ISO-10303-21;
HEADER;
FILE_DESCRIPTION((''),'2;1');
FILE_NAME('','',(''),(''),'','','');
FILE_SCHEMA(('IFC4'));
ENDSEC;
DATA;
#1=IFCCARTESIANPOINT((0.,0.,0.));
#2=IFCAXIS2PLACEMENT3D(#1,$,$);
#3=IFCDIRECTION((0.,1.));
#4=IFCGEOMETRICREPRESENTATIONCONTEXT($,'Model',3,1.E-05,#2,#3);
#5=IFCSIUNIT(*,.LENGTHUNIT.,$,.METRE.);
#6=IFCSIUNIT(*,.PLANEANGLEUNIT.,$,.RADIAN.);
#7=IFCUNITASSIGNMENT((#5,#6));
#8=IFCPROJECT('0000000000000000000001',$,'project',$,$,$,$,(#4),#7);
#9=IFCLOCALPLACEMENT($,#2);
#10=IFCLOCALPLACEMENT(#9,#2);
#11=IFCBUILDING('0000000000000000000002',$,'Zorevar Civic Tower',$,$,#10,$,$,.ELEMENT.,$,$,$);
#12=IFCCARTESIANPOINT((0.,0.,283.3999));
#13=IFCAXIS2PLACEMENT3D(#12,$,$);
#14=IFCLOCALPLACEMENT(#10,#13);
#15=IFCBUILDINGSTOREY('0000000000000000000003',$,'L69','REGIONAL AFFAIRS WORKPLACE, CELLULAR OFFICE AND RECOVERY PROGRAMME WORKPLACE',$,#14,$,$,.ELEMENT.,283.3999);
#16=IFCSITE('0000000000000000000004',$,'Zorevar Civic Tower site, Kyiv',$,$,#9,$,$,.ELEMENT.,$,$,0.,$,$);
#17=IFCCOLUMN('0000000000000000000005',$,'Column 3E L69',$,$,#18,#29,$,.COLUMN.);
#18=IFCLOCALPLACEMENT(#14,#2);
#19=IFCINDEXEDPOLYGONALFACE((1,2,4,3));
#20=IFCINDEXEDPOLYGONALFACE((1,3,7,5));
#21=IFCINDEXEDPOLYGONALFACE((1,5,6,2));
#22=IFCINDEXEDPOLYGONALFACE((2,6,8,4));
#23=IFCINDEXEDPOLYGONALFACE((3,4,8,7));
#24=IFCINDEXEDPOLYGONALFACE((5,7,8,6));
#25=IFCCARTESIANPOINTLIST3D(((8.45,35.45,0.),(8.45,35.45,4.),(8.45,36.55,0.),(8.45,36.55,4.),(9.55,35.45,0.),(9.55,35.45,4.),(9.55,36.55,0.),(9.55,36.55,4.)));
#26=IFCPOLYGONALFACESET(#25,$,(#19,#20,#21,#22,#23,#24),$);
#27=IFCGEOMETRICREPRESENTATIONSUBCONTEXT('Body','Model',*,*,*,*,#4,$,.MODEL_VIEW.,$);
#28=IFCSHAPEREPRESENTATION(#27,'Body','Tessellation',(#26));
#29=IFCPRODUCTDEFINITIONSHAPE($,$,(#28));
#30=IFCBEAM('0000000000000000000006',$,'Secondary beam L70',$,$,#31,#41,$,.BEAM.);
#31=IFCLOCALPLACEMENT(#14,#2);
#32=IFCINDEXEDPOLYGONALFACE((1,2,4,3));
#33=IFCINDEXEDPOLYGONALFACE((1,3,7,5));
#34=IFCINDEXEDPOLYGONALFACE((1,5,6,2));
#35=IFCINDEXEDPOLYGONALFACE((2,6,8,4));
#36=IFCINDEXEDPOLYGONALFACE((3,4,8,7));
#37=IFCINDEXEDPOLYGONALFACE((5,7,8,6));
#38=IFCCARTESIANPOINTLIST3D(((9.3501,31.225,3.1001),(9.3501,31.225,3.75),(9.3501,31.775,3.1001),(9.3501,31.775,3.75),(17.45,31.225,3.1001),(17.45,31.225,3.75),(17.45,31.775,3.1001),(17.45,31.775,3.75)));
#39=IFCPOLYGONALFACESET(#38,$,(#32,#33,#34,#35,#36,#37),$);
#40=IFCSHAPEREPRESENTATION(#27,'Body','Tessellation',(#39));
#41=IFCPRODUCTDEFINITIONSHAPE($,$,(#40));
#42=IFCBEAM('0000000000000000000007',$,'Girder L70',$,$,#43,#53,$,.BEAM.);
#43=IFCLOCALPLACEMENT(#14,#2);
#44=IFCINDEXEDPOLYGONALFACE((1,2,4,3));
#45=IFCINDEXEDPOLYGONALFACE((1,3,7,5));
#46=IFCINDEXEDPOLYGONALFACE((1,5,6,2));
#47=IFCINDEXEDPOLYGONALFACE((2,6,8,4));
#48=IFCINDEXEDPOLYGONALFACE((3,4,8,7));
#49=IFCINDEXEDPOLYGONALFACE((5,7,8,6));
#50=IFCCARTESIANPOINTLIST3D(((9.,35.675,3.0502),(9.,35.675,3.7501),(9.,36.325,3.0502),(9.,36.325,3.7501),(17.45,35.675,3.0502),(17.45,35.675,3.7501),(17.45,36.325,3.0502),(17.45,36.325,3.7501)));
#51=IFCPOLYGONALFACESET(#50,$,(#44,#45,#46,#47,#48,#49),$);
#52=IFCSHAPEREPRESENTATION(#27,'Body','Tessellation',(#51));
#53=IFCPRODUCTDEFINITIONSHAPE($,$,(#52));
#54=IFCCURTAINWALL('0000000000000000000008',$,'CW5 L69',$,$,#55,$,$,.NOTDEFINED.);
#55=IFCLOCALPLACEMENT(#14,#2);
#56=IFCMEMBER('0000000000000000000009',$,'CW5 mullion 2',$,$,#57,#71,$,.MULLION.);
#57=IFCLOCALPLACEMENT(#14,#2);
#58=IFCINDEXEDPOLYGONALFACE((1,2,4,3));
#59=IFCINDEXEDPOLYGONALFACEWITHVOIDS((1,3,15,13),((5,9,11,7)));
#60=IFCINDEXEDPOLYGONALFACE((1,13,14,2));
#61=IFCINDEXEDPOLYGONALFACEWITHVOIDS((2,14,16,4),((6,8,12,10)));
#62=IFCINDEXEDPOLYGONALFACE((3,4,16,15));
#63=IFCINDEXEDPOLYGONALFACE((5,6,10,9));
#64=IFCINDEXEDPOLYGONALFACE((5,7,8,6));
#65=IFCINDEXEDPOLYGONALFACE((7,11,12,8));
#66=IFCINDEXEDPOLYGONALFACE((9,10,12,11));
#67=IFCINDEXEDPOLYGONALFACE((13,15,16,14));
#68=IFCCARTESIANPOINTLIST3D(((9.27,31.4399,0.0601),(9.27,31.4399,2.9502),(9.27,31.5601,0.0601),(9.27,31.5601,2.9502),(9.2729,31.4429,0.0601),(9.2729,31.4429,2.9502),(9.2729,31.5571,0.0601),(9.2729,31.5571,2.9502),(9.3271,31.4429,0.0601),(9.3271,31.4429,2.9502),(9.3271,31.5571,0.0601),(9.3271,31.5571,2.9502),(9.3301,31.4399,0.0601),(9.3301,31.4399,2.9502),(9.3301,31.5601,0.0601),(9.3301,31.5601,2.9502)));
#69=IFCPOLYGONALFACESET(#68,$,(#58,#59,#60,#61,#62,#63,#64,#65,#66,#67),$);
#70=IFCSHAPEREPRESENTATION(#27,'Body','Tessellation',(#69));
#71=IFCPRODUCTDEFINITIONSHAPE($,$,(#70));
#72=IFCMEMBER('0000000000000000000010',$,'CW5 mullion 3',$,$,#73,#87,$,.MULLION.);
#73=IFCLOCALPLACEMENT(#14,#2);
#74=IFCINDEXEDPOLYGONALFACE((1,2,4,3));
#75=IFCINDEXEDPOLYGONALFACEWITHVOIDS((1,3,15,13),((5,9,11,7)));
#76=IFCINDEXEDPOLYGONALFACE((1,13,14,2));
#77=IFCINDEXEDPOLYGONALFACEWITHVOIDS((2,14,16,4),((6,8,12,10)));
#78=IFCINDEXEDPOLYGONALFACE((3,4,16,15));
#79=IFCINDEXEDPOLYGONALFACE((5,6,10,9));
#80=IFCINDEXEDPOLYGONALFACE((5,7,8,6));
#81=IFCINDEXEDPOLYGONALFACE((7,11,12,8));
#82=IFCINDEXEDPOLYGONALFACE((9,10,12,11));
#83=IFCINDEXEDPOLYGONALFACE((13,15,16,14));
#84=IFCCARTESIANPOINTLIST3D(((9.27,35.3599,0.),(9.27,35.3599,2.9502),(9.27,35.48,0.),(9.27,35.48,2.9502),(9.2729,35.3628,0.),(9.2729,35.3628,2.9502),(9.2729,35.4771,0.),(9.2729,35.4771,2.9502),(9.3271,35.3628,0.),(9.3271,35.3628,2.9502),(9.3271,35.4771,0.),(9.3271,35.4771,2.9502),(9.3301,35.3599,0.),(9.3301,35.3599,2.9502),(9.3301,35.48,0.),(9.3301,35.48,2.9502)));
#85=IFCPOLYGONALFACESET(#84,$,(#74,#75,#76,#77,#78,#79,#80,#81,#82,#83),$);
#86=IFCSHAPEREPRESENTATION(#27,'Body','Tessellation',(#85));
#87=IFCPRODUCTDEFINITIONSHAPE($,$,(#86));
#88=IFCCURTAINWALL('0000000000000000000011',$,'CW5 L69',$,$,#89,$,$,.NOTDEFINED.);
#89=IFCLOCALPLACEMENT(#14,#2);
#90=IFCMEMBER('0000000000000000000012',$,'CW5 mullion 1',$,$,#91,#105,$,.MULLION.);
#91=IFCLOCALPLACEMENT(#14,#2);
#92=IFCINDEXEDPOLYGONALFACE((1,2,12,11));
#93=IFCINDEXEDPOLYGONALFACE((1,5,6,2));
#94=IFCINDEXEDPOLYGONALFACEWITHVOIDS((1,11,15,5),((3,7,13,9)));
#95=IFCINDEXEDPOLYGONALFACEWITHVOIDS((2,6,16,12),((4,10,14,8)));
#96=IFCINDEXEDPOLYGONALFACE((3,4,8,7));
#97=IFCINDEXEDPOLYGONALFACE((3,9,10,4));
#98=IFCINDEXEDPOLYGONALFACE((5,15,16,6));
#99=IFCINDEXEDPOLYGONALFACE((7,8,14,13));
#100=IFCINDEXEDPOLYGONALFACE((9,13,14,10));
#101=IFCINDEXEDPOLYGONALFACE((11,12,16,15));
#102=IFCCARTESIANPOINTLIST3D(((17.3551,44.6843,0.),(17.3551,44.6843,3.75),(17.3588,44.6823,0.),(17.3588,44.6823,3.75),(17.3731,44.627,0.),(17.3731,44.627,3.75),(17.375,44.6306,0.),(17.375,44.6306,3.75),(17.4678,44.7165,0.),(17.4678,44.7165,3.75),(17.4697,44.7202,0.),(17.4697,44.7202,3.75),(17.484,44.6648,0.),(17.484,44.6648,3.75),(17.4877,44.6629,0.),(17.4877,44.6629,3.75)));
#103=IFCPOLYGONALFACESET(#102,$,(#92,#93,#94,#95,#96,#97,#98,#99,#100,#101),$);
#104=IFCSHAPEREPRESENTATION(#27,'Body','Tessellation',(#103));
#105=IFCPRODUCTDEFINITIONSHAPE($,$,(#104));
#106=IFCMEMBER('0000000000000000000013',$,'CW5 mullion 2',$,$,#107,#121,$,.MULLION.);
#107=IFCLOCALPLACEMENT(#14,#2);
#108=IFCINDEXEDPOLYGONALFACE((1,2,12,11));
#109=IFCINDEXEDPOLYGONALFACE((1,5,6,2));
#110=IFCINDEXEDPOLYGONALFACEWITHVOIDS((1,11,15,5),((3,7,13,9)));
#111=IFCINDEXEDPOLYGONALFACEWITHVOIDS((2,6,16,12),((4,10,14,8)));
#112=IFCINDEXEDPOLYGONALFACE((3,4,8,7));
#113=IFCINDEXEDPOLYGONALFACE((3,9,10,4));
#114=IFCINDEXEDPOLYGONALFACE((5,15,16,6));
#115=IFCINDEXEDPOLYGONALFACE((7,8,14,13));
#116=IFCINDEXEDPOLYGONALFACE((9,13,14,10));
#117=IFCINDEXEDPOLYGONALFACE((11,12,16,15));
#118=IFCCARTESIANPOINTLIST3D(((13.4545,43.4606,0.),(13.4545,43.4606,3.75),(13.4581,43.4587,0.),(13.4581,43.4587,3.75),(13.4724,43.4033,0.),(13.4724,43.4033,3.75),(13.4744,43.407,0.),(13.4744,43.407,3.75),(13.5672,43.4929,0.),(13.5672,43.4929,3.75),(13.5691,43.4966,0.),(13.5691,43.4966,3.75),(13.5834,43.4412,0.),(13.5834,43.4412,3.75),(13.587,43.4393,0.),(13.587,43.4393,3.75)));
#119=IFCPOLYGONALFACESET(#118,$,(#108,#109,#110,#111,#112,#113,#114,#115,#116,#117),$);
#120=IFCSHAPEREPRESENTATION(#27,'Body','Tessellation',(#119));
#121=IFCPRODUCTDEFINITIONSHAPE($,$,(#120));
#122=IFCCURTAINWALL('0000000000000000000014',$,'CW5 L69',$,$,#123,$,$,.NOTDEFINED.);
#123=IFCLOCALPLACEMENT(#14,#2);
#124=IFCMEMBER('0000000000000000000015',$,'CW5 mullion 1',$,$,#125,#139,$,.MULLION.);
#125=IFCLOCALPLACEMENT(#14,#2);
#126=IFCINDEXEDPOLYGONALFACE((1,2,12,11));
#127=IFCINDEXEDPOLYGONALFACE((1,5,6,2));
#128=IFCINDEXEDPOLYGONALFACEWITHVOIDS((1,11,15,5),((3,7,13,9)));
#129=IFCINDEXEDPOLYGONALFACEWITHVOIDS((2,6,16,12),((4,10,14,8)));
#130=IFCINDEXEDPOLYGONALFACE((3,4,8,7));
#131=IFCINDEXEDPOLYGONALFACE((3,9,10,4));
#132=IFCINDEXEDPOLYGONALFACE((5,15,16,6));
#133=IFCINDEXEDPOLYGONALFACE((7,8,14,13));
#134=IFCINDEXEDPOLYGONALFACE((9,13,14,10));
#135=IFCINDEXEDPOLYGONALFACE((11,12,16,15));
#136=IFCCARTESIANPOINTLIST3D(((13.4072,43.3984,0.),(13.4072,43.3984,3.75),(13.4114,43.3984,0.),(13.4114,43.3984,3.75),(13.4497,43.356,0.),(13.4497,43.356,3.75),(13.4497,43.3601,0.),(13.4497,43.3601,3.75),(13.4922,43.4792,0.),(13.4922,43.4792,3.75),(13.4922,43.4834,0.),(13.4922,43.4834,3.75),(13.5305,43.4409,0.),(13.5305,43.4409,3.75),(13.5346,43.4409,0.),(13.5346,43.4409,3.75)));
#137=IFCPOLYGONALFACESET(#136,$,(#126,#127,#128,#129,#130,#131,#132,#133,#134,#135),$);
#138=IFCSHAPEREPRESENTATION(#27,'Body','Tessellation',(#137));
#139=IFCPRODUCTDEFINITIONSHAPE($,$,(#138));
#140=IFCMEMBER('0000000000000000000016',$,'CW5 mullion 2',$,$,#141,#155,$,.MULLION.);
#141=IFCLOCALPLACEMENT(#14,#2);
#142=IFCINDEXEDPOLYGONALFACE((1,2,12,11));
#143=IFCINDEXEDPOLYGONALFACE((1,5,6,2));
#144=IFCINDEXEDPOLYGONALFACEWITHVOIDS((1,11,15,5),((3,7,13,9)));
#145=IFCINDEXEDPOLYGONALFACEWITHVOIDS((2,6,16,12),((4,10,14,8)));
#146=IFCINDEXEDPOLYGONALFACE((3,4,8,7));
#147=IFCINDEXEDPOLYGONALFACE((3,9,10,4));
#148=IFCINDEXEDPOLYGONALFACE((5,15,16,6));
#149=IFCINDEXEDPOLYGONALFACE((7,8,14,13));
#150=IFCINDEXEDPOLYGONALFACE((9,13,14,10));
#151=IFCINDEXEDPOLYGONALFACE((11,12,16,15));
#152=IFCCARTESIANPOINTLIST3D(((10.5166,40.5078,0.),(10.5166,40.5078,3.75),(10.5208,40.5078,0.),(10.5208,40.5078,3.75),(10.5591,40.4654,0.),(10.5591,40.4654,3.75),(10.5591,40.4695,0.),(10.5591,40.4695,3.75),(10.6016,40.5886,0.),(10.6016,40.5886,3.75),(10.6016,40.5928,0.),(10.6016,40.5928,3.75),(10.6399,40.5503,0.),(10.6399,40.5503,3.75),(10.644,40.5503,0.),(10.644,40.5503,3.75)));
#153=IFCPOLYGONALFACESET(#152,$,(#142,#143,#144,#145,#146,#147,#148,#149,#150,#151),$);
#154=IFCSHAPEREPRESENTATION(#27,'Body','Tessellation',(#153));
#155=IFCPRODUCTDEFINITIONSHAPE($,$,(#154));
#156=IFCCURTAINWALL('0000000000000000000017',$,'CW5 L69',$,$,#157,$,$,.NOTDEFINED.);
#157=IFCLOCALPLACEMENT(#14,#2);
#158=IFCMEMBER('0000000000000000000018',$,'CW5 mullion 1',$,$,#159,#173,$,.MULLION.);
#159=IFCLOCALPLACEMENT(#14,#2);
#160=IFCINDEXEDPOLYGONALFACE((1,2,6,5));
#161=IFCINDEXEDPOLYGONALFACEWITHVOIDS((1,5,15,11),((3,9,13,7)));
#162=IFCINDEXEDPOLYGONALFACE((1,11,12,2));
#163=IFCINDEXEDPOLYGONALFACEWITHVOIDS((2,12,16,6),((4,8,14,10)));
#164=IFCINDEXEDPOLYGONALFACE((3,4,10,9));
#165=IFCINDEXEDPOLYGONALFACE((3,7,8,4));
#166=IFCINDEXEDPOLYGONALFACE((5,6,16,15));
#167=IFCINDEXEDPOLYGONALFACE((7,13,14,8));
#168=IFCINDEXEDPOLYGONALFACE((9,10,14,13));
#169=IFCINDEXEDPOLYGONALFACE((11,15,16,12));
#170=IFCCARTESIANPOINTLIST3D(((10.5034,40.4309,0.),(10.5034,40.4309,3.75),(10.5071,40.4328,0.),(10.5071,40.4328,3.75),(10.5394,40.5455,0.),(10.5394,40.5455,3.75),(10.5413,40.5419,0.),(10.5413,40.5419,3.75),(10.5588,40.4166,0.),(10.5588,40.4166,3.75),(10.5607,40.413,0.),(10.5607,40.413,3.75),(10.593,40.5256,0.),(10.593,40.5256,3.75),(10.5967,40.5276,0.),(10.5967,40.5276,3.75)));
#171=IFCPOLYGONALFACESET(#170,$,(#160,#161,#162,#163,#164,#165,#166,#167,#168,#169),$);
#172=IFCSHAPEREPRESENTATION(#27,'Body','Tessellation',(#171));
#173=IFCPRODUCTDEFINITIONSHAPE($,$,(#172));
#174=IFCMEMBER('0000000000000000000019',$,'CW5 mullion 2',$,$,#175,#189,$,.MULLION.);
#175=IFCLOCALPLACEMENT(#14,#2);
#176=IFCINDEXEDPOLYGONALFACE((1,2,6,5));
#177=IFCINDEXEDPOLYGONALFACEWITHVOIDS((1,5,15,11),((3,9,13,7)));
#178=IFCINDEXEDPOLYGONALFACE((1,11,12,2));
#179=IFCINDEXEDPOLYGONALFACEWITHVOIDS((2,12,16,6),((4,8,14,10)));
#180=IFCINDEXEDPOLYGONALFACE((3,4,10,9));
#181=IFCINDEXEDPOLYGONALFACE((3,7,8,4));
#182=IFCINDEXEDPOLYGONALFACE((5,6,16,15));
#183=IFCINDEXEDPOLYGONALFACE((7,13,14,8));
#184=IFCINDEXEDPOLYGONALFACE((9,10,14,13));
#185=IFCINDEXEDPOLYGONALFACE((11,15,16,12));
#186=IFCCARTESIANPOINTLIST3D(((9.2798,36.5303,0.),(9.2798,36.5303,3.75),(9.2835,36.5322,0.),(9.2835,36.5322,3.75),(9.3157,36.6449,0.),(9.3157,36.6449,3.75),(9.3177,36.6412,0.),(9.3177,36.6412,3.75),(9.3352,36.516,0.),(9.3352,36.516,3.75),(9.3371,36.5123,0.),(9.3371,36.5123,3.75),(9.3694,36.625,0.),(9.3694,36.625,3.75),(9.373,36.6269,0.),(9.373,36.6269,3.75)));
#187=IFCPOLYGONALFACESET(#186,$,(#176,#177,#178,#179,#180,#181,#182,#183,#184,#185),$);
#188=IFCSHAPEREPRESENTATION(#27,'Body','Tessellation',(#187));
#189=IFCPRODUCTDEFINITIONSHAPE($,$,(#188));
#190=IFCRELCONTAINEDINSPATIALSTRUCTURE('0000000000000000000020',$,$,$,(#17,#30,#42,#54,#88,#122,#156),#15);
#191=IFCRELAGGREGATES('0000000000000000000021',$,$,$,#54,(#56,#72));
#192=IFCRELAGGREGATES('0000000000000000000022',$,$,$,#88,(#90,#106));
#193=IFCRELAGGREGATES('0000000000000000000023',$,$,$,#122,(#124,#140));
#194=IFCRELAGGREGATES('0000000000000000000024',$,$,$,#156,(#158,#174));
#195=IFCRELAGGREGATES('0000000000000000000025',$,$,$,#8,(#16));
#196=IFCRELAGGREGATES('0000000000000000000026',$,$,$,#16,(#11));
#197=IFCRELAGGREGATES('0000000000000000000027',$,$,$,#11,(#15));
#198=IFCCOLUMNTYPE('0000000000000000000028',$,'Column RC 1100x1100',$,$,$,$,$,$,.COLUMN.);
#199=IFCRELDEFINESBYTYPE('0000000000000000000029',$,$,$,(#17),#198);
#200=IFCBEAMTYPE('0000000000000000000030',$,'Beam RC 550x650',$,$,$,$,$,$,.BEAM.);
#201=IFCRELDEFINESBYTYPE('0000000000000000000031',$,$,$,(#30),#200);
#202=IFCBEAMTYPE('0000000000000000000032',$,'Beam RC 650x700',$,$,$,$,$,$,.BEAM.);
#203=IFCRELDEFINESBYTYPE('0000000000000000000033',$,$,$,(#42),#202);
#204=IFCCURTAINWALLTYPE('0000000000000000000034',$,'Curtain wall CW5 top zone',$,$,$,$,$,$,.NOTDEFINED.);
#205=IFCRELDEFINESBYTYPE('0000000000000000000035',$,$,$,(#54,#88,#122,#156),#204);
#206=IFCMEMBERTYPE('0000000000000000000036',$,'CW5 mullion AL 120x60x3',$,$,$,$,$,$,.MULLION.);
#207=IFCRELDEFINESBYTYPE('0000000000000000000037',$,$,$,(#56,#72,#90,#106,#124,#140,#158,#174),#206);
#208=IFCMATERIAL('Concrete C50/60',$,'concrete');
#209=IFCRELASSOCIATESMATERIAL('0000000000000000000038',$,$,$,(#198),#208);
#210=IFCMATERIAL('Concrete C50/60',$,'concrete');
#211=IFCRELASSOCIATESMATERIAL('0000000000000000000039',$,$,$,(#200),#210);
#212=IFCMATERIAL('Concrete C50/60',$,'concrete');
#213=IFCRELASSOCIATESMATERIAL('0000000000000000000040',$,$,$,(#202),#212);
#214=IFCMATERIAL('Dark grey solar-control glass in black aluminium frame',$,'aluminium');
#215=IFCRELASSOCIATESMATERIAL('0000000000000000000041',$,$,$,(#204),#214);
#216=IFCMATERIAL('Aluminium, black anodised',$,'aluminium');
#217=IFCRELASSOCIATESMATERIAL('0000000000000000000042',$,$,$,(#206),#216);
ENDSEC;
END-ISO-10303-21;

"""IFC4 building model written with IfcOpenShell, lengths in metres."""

from ifc_helpers import new_model, si_unit, direction, frame, origin, origin_2d, place, context, subcontext, project, spatial, rectangle, hollow_rectangle, extrude, material, material_profile, profile_set, type_object, element, aggregate, save


model = new_model("IFC4")

# Units and contexts
model_context = context("Model", 3, precision=1e-05, world=origin(), true_north=direction((0.0, 1.0)))
body_context = subcontext(model_context, "Body", "Model", "MODEL_VIEW")
ifc_project = project(units=[si_unit("LENGTHUNIT", "METRE"), si_unit("PLANEANGLEUNIT", "RADIAN")], contexts=[model_context])

# Site, building, storey
site_placement = place(None, origin())
site = spatial("IfcSite", under=ifc_project, at=site_placement, Name="Zorevar Civic Tower site, Kyiv", CompositionType="ELEMENT", RefElevation=0.0)
building_placement = place(site_placement, origin())
building = spatial("IfcBuilding", under=site, at=building_placement, Name="Zorevar Civic Tower", CompositionType="ELEMENT")
storey_placement = place(building_placement, frame((0.0, 0.0, 283.3999)))
storey = spatial("IfcBuildingStorey", under=building, at=storey_placement, Name="L69", Description="REGIONAL AFFAIRS WORKPLACE, CELLULAR OFFICE AND RECOVERY PROGRAMME WORKPLACE", CompositionType="ELEMENT", Elevation=283.3999)

# Column
ifc_material_1 = material(Name="Concrete C50/60", Category="concrete")
ifc_material_profile_1 = material_profile(ifc_material_1, rectangle(XDim=1.1001, YDim=1.1001, at=origin_2d()), Name="RC 1100x1100")
ifc_profile_set_1 = profile_set([ifc_material_profile_1], Name="Concrete C50/60")
column_type = type_object("IfcColumnType", Name="Column RC 1100x1100", PredefinedType="COLUMN", material=ifc_profile_set_1)
column_placement = place(storey_placement, frame((9.0, 36.0, 0.0), z_axis=(0.0, 0.0, 1.0), x_axis=(1.0, 0.0, 0.0)))
element("IfcColumn", 1, at=column_placement, inside=storey, type_object=column_type, Name="Column 3E L69", PredefinedType="COLUMN", context=body_context, shape_type="SweptSolid", body=[
    extrude(rectangle(XDim=1.1001, YDim=1.1001, at=origin_2d()), origin(), (0.0, 0.0, 1.0), 4.0),
])

# Beams
ifc_material_2 = material(Name="Concrete C50/60", Category="concrete")
ifc_material_profile_2 = material_profile(ifc_material_2, rectangle(XDim=0.55, YDim=0.6499, at=origin_2d()), Name="RC 550x650")
ifc_profile_set_2 = profile_set([ifc_material_profile_2], Name="Concrete C50/60")
beam_type_1 = type_object("IfcBeamType", Name="Beam RC 550x650", PredefinedType="BEAM", material=ifc_profile_set_2)
beam_1_placement = place(storey_placement, frame((9.3501, 31.5, 3.425), z_axis=(1.0, 0.0, 0.0), x_axis=(0.0, 1.0, 0.0)))
element("IfcBeam", 2, at=beam_1_placement, inside=storey, type_object=beam_type_1, Name="Secondary beam L70", PredefinedType="BEAM", context=body_context, shape_type="SweptSolid", body=[
    extrude(rectangle(XDim=0.55, YDim=0.6499, at=origin_2d()), origin(), (0.0, 0.0, 1.0), 8.0999),
])
ifc_material_3 = material(Name="Concrete C50/60", Category="concrete")
ifc_material_profile_3 = material_profile(ifc_material_3, rectangle(XDim=0.6499, YDim=0.7, at=origin_2d()), Name="RC 650x700")
ifc_profile_set_3 = profile_set([ifc_material_profile_3], Name="Concrete C50/60")
beam_type_2 = type_object("IfcBeamType", Name="Beam RC 650x700", PredefinedType="BEAM", material=ifc_profile_set_3)
beam_2_placement = place(storey_placement, frame((9.0, 36.0, 3.4001), z_axis=(1.0, 0.0, 0.0), x_axis=(0.0, 1.0, 0.0)))
element("IfcBeam", 3, at=beam_2_placement, inside=storey, type_object=beam_type_2, Name="Girder L70", PredefinedType="BEAM", context=body_context, shape_type="SweptSolid", body=[
    extrude(rectangle(XDim=0.6499, YDim=0.7, at=origin_2d()), origin(), (0.0, 0.0, 1.0), 8.45),
])

# Curtain walls, members
ifc_material_4 = material(Name="Dark grey solar-control glass in black aluminium frame", Category="aluminium")
curtain_wall_type = type_object("IfcCurtainWallType", Name="Curtain wall CW5 top zone", PredefinedType="NOTDEFINED", material=ifc_material_4)
curtain_wall_1_placement = place(storey_placement, origin())
curtain_wall_1 = element("IfcCurtainWall", 4, at=curtain_wall_1_placement, inside=storey, type_object=curtain_wall_type, Name="CW5 L69", PredefinedType="NOTDEFINED")
ifc_material_5 = material(Name="Aluminium, black anodised", Category="aluminium")
ifc_material_profile_4 = material_profile(ifc_material_5, hollow_rectangle(XDim=0.0601, YDim=0.1201, WallThickness=0.0029, at=origin_2d()), Name="AL 120x60x3")
ifc_profile_set_4 = profile_set([ifc_material_profile_4], Name="Aluminium, black anodised")
member_type_1 = type_object("IfcMemberType", Name="CW5 mullion AL 120x60x3", PredefinedType="MULLION", material=ifc_profile_set_4)
member_1_placement = place(storey_placement, frame((9.3, 31.5, 0.0601), z_axis=(0.0, 0.0, 1.0), x_axis=(-1.0, 0.0, 0.0)))
member_1 = element("IfcMember", 5, at=member_1_placement, type_object=member_type_1, Name="CW5 mullion 2", PredefinedType="MULLION", context=body_context, shape_type="SweptSolid", body=[
    extrude(hollow_rectangle(XDim=0.0601, YDim=0.1201, WallThickness=0.0029, at=origin_2d()), origin(), (0.0, 0.0, 1.0), 2.8901),
])
member_2_placement = place(storey_placement, frame((9.3, 35.4199, 0.0), z_axis=(0.0, 0.0, 1.0), x_axis=(-1.0, 0.0, 0.0)))
member_2 = element("IfcMember", 6, at=member_2_placement, type_object=member_type_1, Name="CW5 mullion 3", PredefinedType="MULLION", context=body_context, shape_type="SweptSolid", body=[
    extrude(hollow_rectangle(XDim=0.0601, YDim=0.1201, WallThickness=0.0029, at=origin_2d()), origin(), (0.0, 0.0, 1.0), 2.9502),
])
curtain_wall_2_placement = place(storey_placement, origin())
curtain_wall_2 = element("IfcCurtainWall", 7, at=curtain_wall_2_placement, inside=storey, type_object=curtain_wall_type, Name="CW5 L69", PredefinedType="NOTDEFINED")
member_3_placement = place(storey_placement, frame((17.4214, 44.6736, 0.0), z_axis=(0.0, 0.0, 1.0), x_axis=(0.299318, -0.954153, 0.0)))
member_3 = element("IfcMember", 8, at=member_3_placement, type_object=member_type_1, Name="CW5 mullion 1", PredefinedType="MULLION", context=body_context, shape_type="SweptSolid", body=[
    extrude(hollow_rectangle(XDim=0.0601, YDim=0.1201, WallThickness=0.0029, at=origin_2d()), origin(), (0.0, 0.0, 1.0), 3.75),
])
member_4_placement = place(storey_placement, frame((13.5208, 43.45, 0.0), z_axis=(0.0, 0.0, 1.0), x_axis=(0.299318, -0.954153, 0.0)))
member_4 = element("IfcMember", 9, at=member_4_placement, type_object=member_type_1, Name="CW5 mullion 2", PredefinedType="MULLION", context=body_context, shape_type="SweptSolid", body=[
    extrude(hollow_rectangle(XDim=0.0601, YDim=0.1201, WallThickness=0.0029, at=origin_2d()), origin(), (0.0, 0.0, 1.0), 3.75),
])
curtain_wall_3_placement = place(storey_placement, origin())
curtain_wall_3 = element("IfcCurtainWall", 10, at=curtain_wall_3_placement, inside=storey, type_object=curtain_wall_type, Name="CW5 L69", PredefinedType="NOTDEFINED")
member_5_placement = place(storey_placement, frame((13.4709, 43.4197, 0.0), z_axis=(0.0, 0.0, 1.0), x_axis=(0.707107, -0.707107, 0.0)))
member_5 = element("IfcMember", 11, at=member_5_placement, type_object=member_type_1, Name="CW5 mullion 1", PredefinedType="MULLION", context=body_context, shape_type="SweptSolid", body=[
    extrude(hollow_rectangle(XDim=0.0601, YDim=0.1201, WallThickness=0.0029, at=origin_2d()), origin(), (0.0, 0.0, 1.0), 3.75),
])
member_6_placement = place(storey_placement, frame((10.5803, 40.5291, 0.0), z_axis=(0.0, 0.0, 1.0), x_axis=(0.707107, -0.707107, 0.0)))
member_6 = element("IfcMember", 12, at=member_6_placement, type_object=member_type_1, Name="CW5 mullion 2", PredefinedType="MULLION", context=body_context, shape_type="SweptSolid", body=[
    extrude(hollow_rectangle(XDim=0.0601, YDim=0.1201, WallThickness=0.0029, at=origin_2d()), origin(), (0.0, 0.0, 1.0), 3.75),
])
curtain_wall_4_placement = place(storey_placement, origin())
curtain_wall_4 = element("IfcCurtainWall", 13, at=curtain_wall_4_placement, inside=storey, type_object=curtain_wall_type, Name="CW5 L69", PredefinedType="NOTDEFINED")
member_7_placement = place(storey_placement, frame((10.55, 40.4792, 0.0), z_axis=(0.0, 0.0, 1.0), x_axis=(0.954153, -0.299318, 0.0)))
member_7 = element("IfcMember", 14, at=member_7_placement, type_object=member_type_1, Name="CW5 mullion 1", PredefinedType="MULLION", context=body_context, shape_type="SweptSolid", body=[
    extrude(hollow_rectangle(XDim=0.0601, YDim=0.1201, WallThickness=0.0029, at=origin_2d()), origin(), (0.0, 0.0, 1.0), 3.75),
])
member_8_placement = place(storey_placement, frame((9.3264, 36.5786, 0.0), z_axis=(0.0, 0.0, 1.0), x_axis=(0.954153, -0.299318, 0.0)))
member_8 = element("IfcMember", 15, at=member_8_placement, type_object=member_type_1, Name="CW5 mullion 2", PredefinedType="MULLION", context=body_context, shape_type="SweptSolid", body=[
    extrude(hollow_rectangle(XDim=0.0601, YDim=0.1201, WallThickness=0.0029, at=origin_2d()), origin(), (0.0, 0.0, 1.0), 3.75),
])

aggregate(curtain_wall_1, [member_1, member_2])
aggregate(curtain_wall_2, [member_3, member_4])
aggregate(curtain_wall_3, [member_5, member_6])
aggregate(curtain_wall_4, [member_7, member_8])

save(model, "model.ifc")
